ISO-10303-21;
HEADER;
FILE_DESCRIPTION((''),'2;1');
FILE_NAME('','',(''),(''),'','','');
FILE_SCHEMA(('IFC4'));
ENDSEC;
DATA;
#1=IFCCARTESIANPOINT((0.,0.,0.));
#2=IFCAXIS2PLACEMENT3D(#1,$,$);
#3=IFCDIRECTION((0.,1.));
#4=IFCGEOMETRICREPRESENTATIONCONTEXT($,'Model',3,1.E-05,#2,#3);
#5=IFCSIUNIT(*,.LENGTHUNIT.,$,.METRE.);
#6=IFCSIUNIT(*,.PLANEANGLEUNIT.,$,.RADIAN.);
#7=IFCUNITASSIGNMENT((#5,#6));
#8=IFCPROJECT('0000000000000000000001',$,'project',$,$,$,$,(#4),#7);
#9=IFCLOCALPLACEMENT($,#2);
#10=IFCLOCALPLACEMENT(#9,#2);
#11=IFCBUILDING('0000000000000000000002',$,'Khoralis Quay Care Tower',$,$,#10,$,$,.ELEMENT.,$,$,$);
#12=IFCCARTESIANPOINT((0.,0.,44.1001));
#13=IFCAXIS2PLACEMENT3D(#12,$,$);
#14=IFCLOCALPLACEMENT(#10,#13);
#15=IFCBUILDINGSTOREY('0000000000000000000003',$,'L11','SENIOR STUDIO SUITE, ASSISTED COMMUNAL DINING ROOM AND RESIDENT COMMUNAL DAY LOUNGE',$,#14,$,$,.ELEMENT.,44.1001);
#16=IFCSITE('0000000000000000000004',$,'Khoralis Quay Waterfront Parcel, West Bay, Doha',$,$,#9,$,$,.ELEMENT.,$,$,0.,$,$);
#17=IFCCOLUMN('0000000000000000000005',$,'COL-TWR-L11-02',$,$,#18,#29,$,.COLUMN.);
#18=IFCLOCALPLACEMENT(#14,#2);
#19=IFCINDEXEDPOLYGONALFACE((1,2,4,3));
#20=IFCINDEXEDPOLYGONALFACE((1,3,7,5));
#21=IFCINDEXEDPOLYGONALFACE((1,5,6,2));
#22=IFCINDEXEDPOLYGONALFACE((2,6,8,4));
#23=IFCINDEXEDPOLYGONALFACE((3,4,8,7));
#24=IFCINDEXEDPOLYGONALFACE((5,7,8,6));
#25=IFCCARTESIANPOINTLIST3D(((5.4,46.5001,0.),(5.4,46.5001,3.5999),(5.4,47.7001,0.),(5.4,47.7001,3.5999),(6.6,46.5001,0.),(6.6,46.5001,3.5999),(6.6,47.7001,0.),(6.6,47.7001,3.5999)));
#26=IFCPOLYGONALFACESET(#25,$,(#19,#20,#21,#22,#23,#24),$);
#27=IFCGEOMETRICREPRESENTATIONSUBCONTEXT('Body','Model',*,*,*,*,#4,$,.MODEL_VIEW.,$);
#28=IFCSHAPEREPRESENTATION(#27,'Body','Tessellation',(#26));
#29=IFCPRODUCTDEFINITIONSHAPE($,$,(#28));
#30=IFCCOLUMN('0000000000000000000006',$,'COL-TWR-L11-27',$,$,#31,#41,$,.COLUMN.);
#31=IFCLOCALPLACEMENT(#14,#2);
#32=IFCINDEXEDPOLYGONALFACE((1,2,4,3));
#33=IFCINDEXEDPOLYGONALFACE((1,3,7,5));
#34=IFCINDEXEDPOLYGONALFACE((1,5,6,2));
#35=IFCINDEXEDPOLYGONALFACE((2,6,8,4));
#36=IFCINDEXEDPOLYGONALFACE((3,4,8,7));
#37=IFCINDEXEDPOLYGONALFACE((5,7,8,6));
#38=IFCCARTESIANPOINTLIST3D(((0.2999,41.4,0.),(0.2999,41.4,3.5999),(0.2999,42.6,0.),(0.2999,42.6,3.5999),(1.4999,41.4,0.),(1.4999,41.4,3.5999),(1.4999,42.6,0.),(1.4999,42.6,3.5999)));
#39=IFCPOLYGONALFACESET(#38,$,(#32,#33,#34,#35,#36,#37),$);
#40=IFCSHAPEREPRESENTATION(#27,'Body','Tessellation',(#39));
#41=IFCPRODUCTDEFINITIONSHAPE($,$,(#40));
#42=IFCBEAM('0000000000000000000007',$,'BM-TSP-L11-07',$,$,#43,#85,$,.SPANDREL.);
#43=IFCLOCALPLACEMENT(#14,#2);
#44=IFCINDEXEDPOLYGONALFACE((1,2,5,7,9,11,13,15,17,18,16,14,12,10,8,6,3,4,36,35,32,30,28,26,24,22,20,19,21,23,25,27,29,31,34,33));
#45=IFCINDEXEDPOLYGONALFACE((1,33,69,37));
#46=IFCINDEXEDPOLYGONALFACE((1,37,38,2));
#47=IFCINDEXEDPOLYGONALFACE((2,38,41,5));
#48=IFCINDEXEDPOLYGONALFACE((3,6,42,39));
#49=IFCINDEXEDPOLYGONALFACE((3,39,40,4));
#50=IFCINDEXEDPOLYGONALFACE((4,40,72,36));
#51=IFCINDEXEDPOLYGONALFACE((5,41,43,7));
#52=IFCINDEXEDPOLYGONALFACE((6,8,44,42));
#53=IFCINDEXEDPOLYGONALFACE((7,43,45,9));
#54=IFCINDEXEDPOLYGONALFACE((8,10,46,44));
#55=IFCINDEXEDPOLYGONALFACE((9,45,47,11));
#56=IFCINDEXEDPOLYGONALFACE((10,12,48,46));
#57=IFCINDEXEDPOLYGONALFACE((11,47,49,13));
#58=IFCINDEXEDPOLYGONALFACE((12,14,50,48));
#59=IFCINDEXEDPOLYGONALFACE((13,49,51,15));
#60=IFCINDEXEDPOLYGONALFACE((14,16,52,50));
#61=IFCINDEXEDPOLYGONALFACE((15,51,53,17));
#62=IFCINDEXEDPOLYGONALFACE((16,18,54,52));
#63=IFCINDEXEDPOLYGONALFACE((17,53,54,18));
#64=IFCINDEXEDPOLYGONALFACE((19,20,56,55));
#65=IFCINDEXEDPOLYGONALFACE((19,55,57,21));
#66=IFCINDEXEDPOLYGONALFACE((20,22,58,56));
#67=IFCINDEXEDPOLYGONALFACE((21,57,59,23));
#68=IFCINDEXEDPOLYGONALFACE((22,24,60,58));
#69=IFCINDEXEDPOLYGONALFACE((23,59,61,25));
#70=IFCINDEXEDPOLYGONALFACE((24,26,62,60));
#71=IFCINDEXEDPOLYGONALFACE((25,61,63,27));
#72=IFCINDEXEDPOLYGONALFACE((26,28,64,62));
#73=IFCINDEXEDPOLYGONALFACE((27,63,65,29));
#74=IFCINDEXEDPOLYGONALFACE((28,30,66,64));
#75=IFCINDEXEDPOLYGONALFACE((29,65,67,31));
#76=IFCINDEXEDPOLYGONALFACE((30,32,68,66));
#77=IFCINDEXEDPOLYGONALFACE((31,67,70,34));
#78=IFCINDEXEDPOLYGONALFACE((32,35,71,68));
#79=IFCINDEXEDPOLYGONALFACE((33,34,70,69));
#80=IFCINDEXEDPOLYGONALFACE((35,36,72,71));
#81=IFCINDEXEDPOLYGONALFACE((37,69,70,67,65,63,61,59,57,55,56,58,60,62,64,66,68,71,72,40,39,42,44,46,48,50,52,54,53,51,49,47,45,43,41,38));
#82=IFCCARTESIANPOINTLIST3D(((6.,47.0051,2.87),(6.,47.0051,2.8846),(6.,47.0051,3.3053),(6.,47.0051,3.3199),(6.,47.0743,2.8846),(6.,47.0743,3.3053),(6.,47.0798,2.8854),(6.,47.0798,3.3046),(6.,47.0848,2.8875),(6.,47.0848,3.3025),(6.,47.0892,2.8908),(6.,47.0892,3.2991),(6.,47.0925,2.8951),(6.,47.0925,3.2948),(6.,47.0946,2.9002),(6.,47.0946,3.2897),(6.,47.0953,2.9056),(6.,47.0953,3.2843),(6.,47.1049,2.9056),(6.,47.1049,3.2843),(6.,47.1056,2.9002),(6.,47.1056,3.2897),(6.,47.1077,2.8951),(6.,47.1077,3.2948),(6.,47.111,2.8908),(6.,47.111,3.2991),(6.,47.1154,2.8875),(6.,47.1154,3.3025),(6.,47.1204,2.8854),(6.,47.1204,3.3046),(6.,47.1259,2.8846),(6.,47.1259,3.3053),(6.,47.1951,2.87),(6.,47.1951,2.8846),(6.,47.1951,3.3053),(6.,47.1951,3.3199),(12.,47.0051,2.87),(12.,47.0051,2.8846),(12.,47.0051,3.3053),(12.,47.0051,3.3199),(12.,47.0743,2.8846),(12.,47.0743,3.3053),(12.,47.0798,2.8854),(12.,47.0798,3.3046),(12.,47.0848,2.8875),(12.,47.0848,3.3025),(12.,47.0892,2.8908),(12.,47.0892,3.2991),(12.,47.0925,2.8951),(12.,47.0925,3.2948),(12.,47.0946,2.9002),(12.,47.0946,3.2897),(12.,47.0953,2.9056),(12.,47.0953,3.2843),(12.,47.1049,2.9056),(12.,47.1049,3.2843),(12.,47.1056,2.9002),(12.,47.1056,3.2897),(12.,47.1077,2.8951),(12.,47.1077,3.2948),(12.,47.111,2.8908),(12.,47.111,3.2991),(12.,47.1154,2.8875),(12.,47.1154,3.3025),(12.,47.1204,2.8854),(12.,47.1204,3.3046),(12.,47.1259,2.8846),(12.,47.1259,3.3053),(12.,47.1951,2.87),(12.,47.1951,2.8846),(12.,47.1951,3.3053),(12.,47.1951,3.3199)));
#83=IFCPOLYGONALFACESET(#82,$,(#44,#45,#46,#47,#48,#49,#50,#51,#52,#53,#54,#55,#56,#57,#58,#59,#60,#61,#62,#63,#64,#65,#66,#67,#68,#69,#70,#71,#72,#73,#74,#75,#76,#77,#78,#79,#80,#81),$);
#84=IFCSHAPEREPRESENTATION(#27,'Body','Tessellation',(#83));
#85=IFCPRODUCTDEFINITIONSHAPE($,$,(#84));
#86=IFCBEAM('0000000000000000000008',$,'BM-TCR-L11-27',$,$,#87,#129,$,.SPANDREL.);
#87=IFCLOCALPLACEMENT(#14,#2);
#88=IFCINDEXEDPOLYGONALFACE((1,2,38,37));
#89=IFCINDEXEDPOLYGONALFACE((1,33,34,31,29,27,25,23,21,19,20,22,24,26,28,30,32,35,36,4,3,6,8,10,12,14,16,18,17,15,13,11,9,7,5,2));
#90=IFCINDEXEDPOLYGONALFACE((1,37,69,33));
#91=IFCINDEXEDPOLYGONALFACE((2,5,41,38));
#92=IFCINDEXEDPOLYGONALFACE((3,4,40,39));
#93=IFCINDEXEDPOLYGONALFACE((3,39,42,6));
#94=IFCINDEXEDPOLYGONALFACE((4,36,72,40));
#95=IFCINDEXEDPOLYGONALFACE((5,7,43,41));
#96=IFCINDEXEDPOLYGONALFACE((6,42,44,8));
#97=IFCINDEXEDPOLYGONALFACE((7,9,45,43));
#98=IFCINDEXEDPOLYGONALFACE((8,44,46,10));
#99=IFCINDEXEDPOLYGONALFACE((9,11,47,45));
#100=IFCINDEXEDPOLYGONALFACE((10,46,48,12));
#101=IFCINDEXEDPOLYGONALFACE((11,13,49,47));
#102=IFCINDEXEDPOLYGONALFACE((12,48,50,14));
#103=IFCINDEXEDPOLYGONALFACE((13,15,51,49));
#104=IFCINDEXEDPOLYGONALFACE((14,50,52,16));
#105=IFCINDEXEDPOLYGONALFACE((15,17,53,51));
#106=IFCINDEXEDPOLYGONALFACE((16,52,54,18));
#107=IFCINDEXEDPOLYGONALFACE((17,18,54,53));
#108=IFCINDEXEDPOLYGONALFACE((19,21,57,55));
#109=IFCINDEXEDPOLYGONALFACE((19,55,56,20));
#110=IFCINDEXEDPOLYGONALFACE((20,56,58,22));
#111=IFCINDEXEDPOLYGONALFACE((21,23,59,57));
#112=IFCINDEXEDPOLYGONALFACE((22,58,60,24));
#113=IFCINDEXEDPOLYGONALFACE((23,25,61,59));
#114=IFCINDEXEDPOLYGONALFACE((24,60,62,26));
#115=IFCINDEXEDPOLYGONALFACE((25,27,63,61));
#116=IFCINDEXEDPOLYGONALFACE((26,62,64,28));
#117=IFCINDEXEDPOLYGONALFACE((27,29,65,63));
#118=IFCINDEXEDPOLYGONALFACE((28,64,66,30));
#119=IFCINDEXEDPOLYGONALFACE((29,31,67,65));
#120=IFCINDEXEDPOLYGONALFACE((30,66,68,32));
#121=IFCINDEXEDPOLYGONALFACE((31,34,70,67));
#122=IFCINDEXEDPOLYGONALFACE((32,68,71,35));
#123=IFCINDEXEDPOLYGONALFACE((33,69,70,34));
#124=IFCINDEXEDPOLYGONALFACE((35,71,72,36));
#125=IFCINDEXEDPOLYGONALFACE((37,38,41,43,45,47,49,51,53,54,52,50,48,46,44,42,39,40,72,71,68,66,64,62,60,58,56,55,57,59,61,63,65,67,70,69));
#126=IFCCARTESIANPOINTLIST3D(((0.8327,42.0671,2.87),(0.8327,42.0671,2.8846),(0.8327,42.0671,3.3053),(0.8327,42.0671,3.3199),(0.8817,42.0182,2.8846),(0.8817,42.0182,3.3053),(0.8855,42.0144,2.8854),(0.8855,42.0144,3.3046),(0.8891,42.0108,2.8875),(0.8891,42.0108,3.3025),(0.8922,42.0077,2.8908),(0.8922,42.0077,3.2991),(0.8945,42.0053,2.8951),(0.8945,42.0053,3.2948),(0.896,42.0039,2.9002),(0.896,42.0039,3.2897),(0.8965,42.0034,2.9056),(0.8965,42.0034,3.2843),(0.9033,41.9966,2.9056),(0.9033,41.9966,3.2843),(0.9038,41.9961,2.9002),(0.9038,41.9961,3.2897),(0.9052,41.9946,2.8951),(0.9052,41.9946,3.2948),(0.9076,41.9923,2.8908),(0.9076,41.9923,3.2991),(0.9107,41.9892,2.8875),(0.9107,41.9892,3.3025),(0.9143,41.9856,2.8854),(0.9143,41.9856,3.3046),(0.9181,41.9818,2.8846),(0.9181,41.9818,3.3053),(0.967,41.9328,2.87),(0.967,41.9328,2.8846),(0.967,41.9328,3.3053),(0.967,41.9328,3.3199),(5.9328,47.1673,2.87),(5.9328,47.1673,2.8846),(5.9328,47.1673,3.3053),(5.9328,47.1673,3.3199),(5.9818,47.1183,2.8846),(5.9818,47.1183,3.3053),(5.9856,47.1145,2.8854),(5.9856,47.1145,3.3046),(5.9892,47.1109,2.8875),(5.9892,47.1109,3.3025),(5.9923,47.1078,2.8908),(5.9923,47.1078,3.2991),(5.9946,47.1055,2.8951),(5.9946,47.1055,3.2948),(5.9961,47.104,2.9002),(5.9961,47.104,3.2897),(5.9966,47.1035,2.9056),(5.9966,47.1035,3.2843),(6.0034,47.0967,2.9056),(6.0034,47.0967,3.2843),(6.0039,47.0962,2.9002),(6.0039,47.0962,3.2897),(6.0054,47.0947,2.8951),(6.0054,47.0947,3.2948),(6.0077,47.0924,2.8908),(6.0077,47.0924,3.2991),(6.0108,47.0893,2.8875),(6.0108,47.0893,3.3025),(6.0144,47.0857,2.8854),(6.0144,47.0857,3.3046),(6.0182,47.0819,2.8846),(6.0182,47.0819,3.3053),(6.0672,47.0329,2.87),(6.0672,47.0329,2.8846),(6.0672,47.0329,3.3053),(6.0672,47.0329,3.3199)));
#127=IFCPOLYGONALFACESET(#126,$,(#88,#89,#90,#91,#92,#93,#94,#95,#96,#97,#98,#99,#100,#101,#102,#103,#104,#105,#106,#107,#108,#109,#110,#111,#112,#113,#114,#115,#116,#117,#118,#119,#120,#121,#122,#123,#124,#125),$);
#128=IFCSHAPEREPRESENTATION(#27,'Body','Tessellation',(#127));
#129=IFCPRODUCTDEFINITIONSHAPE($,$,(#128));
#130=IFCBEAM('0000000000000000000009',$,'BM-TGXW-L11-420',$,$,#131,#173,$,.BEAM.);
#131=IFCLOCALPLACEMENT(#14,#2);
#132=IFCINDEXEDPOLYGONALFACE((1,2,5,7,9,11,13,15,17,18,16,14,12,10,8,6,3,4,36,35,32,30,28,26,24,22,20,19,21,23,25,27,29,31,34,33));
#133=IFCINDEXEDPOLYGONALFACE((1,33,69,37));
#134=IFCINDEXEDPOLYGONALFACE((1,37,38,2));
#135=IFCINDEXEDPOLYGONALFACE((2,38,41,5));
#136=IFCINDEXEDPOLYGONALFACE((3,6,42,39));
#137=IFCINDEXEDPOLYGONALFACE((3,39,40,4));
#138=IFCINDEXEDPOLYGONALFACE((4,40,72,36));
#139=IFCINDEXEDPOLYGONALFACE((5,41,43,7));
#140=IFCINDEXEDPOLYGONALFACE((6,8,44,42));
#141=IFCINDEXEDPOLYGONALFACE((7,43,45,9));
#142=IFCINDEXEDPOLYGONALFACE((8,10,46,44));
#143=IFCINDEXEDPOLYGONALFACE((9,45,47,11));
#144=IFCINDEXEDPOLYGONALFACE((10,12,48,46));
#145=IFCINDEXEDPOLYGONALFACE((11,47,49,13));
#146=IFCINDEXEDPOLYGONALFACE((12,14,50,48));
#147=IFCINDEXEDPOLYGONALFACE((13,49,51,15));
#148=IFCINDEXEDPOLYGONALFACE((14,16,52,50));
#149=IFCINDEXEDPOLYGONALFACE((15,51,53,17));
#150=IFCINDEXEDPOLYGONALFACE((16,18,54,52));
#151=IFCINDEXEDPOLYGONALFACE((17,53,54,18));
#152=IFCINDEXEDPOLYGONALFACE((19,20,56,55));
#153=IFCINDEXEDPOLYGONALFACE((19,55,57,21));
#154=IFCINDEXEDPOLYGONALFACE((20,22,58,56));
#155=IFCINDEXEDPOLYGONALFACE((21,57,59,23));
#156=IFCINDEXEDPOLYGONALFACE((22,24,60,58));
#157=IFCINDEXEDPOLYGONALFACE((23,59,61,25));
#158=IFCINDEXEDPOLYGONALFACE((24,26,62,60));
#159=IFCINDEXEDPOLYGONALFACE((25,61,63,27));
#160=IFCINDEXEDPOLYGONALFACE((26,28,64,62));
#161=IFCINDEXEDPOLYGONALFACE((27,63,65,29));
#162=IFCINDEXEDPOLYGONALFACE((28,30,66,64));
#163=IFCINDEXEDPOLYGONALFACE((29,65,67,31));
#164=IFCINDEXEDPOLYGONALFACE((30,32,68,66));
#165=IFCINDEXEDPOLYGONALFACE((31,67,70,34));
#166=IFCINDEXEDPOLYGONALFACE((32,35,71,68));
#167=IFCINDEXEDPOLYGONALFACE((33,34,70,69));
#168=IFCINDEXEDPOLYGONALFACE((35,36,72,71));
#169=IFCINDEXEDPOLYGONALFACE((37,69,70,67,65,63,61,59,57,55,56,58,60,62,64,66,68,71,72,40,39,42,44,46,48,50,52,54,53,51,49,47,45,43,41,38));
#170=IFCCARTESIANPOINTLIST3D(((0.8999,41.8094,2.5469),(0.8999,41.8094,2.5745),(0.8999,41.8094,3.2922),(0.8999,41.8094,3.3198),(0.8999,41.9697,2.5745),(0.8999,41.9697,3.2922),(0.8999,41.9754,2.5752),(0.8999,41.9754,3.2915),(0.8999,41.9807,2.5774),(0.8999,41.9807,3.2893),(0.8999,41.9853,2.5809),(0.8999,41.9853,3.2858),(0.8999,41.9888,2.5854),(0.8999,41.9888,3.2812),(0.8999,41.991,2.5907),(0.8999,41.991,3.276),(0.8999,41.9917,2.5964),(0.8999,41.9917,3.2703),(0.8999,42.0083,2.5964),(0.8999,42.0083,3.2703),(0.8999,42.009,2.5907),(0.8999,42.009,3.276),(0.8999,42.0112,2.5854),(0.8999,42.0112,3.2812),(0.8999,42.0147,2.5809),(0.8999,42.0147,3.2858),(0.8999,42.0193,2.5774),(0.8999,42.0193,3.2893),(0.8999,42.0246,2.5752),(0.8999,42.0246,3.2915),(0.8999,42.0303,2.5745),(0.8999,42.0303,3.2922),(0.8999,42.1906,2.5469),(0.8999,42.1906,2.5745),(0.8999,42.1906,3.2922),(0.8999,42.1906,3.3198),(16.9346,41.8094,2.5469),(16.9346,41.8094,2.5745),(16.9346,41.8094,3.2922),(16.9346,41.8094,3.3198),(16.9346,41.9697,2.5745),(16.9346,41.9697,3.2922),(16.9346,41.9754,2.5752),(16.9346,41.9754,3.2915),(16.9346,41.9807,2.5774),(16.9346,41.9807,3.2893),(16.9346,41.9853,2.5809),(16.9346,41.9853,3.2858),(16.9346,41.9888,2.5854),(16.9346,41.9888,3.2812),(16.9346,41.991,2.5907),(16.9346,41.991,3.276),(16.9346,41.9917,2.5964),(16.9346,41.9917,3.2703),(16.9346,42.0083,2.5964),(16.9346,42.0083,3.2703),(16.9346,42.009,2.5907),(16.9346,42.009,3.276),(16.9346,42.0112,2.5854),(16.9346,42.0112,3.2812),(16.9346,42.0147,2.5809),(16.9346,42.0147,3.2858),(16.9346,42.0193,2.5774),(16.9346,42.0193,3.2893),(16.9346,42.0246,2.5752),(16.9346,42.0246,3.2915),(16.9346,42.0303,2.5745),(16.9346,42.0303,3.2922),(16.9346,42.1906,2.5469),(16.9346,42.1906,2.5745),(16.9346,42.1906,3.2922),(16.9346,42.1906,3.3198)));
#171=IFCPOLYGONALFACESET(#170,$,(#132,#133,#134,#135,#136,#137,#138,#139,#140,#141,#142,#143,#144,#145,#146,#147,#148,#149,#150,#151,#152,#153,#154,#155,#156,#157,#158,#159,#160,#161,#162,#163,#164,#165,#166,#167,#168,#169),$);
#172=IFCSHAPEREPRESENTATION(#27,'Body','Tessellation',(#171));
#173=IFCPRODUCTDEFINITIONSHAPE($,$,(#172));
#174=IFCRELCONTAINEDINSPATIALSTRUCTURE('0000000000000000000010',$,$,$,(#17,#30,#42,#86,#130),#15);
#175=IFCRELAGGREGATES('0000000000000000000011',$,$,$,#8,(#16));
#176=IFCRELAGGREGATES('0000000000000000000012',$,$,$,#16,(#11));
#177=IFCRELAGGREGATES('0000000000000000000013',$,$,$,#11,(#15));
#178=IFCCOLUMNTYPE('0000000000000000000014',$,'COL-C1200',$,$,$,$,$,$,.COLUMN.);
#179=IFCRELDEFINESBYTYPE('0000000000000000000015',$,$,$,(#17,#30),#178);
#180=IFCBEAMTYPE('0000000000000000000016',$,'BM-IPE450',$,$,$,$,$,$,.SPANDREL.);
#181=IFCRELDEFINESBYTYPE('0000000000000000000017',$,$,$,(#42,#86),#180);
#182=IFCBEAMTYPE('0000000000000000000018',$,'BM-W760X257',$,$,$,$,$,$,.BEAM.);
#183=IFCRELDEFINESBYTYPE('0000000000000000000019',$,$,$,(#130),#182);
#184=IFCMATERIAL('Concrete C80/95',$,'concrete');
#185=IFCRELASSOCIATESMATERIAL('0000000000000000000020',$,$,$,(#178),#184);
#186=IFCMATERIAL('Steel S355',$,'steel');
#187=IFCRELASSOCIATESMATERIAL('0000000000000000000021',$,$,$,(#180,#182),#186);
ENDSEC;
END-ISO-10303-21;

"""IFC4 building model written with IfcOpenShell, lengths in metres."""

from ifc_helpers import new_model, si_unit, direction, frame, origin, origin_2d, place, context, subcontext, project, spatial, rectangle, i_section, extrude, source, transform, mapped, material, material_profile, profile_set, type_object, element, save


model = new_model("IFC4")

# Units and contexts
model_context = context("Model", 3, precision=1e-05, world=origin(), true_north=direction((0.0, 1.0)))
body_context = subcontext(model_context, "Body", "Model", "MODEL_VIEW")
ifc_project = project(units=[si_unit("LENGTHUNIT", "METRE"), si_unit("PLANEANGLEUNIT", "RADIAN")], contexts=[model_context])

# Site, building, storey
site_placement = place(None, origin())
site = spatial("IfcSite", under=ifc_project, at=site_placement, Name="Khoralis Quay Waterfront Parcel, West Bay, Doha", CompositionType="ELEMENT", RefElevation=0.0)
building_placement = place(site_placement, origin())
building = spatial("IfcBuilding", under=site, at=building_placement, Name="Khoralis Quay Care Tower", CompositionType="ELEMENT")
storey_placement = place(building_placement, frame((0.0, 0.0, 44.1001)))
storey = spatial("IfcBuildingStorey", under=building, at=storey_placement, Name="L11", Description="SENIOR STUDIO SUITE, ASSISTED COMMUNAL DINING ROOM AND RESIDENT COMMUNAL DAY LOUNGE", CompositionType="ELEMENT", Elevation=44.1001)

# Columns
ifc_material_1 = material(Name="Concrete C80/95", Category="concrete")
ifc_material_profile_1 = material_profile(ifc_material_1, rectangle(XDim=1.2, YDim=1.2, at=origin_2d()), Name="Concrete C80/95")
ifc_profile_set_1 = profile_set([ifc_material_profile_1], Name="Concrete C80/95")
column_type = type_object("IfcColumnType", Name="COL-C1200", PredefinedType="COLUMN", material=ifc_profile_set_1)
shared_shape_1 = source(origin(), body_context, "Body", "SweptSolid", [
    extrude(rectangle(XDim=1.2, YDim=1.2, at=origin_2d()), origin(), (0.0, 0.0, 1.0), 3.5999),
])
for number, where, z_axis, x_axis, name in (
    (1, (6.0, 47.1001, 0.0), (0.0, 0.0, 1.0), (1.0, 0.0, 0.0), "COL-TWR-L11-02"),
    (2, (0.8999, 42.0, 0.0), (0.0, 0.0, 1.0), (1.0, 0.0, 0.0), "COL-TWR-L11-27"),
):
    element("IfcColumn", number, at=place(storey_placement, frame(where, z_axis=z_axis, x_axis=x_axis)), inside=storey, type_object=column_type, Name=name, PredefinedType="COLUMN", context=body_context, shape_type="MappedRepresentation", body=[
        mapped(shared_shape_1, transform((0.0, 0.0, 0.0), scale=1.0)),
    ])

# Beams
ifc_material_2 = material(Name="Steel S355", Category="steel")
ifc_material_profile_2 = material_profile(ifc_material_2, i_section(OverallWidth=0.1899, OverallDepth=0.45, WebThickness=0.0095, FlangeThickness=0.0146, FilletRadius=0.021, at=origin_2d()), Name="Steel S355")
ifc_profile_set_2 = profile_set([ifc_material_profile_2], Name="Steel S355")
beam_type_1 = type_object("IfcBeamType", Name="BM-IPE450", PredefinedType="SPANDREL", material=ifc_profile_set_2)
shared_shape_2 = source(origin(), body_context, "Body", "SweptSolid", [
    extrude(i_section(OverallWidth=0.1899, OverallDepth=0.45, WebThickness=0.0095, FlangeThickness=0.0146, FilletRadius=0.021, at=origin_2d()), origin(), (0.0, 0.0, 1.0), 6.0),
])
beam_1_placement = place(storey_placement, frame((6.0, 47.1001, 3.095), z_axis=(1.0, 0.0, 0.0), x_axis=(0.0, 1.0, 0.0)))
element("IfcBeam", 3, at=beam_1_placement, inside=storey, type_object=beam_type_1, Name="BM-TSP-L11-07", PredefinedType="SPANDREL", context=body_context, shape_type="MappedRepresentation", body=[
    mapped(shared_shape_2, transform((0.0, 0.0, 0.0), scale=1.0)),
])
shared_shape_3 = source(origin(), body_context, "Body", "SweptSolid", [
    extrude(i_section(OverallWidth=0.1899, OverallDepth=0.45, WebThickness=0.0095, FlangeThickness=0.0146, FilletRadius=0.021, at=origin_2d()), origin(), (0.0, 0.0, 1.0), 7.2126),
])
beam_2_placement = place(storey_placement, frame((6.0, 47.1001, 3.095), z_axis=(-0.707107, -0.707107, 0.0), x_axis=(0.707107, -0.707107, 0.0)))
element("IfcBeam", 4, at=beam_2_placement, inside=storey, type_object=beam_type_1, Name="BM-TCR-L11-27", PredefinedType="SPANDREL", context=body_context, shape_type="MappedRepresentation", body=[
    mapped(shared_shape_3, transform((0.0, 0.0, 0.0), scale=1.0)),
])
ifc_material_profile_3 = material_profile(ifc_material_2, i_section(OverallWidth=0.3811, OverallDepth=0.7729, WebThickness=0.0166, FlangeThickness=0.0276, FilletRadius=0.022, at=origin_2d()), Name="Steel S355")
ifc_profile_set_3 = profile_set([ifc_material_profile_3], Name="Steel S355")
beam_type_2 = type_object("IfcBeamType", Name="BM-W760X257", PredefinedType="BEAM", material=ifc_profile_set_3)
shared_shape_4 = source(origin(), body_context, "Body", "SweptSolid", [
    extrude(i_section(OverallWidth=0.3811, OverallDepth=0.7729, WebThickness=0.0166, FlangeThickness=0.0276, FilletRadius=0.022, at=origin_2d()), origin(), (0.0, 0.0, 1.0), 16.0347),
])
beam_3_placement = place(storey_placement, frame((0.8999, 42.0, 2.9333), z_axis=(1.0, 0.0, 0.0), x_axis=(0.0, 1.0, 0.0)))
element("IfcBeam", 5, at=beam_3_placement, inside=storey, type_object=beam_type_2, Name="BM-TGXW-L11-420", PredefinedType="BEAM", context=body_context, shape_type="MappedRepresentation", body=[
    mapped(shared_shape_4, transform((0.0, 0.0, 0.0), scale=1.0)),
])

save(model, "model.ifc")
